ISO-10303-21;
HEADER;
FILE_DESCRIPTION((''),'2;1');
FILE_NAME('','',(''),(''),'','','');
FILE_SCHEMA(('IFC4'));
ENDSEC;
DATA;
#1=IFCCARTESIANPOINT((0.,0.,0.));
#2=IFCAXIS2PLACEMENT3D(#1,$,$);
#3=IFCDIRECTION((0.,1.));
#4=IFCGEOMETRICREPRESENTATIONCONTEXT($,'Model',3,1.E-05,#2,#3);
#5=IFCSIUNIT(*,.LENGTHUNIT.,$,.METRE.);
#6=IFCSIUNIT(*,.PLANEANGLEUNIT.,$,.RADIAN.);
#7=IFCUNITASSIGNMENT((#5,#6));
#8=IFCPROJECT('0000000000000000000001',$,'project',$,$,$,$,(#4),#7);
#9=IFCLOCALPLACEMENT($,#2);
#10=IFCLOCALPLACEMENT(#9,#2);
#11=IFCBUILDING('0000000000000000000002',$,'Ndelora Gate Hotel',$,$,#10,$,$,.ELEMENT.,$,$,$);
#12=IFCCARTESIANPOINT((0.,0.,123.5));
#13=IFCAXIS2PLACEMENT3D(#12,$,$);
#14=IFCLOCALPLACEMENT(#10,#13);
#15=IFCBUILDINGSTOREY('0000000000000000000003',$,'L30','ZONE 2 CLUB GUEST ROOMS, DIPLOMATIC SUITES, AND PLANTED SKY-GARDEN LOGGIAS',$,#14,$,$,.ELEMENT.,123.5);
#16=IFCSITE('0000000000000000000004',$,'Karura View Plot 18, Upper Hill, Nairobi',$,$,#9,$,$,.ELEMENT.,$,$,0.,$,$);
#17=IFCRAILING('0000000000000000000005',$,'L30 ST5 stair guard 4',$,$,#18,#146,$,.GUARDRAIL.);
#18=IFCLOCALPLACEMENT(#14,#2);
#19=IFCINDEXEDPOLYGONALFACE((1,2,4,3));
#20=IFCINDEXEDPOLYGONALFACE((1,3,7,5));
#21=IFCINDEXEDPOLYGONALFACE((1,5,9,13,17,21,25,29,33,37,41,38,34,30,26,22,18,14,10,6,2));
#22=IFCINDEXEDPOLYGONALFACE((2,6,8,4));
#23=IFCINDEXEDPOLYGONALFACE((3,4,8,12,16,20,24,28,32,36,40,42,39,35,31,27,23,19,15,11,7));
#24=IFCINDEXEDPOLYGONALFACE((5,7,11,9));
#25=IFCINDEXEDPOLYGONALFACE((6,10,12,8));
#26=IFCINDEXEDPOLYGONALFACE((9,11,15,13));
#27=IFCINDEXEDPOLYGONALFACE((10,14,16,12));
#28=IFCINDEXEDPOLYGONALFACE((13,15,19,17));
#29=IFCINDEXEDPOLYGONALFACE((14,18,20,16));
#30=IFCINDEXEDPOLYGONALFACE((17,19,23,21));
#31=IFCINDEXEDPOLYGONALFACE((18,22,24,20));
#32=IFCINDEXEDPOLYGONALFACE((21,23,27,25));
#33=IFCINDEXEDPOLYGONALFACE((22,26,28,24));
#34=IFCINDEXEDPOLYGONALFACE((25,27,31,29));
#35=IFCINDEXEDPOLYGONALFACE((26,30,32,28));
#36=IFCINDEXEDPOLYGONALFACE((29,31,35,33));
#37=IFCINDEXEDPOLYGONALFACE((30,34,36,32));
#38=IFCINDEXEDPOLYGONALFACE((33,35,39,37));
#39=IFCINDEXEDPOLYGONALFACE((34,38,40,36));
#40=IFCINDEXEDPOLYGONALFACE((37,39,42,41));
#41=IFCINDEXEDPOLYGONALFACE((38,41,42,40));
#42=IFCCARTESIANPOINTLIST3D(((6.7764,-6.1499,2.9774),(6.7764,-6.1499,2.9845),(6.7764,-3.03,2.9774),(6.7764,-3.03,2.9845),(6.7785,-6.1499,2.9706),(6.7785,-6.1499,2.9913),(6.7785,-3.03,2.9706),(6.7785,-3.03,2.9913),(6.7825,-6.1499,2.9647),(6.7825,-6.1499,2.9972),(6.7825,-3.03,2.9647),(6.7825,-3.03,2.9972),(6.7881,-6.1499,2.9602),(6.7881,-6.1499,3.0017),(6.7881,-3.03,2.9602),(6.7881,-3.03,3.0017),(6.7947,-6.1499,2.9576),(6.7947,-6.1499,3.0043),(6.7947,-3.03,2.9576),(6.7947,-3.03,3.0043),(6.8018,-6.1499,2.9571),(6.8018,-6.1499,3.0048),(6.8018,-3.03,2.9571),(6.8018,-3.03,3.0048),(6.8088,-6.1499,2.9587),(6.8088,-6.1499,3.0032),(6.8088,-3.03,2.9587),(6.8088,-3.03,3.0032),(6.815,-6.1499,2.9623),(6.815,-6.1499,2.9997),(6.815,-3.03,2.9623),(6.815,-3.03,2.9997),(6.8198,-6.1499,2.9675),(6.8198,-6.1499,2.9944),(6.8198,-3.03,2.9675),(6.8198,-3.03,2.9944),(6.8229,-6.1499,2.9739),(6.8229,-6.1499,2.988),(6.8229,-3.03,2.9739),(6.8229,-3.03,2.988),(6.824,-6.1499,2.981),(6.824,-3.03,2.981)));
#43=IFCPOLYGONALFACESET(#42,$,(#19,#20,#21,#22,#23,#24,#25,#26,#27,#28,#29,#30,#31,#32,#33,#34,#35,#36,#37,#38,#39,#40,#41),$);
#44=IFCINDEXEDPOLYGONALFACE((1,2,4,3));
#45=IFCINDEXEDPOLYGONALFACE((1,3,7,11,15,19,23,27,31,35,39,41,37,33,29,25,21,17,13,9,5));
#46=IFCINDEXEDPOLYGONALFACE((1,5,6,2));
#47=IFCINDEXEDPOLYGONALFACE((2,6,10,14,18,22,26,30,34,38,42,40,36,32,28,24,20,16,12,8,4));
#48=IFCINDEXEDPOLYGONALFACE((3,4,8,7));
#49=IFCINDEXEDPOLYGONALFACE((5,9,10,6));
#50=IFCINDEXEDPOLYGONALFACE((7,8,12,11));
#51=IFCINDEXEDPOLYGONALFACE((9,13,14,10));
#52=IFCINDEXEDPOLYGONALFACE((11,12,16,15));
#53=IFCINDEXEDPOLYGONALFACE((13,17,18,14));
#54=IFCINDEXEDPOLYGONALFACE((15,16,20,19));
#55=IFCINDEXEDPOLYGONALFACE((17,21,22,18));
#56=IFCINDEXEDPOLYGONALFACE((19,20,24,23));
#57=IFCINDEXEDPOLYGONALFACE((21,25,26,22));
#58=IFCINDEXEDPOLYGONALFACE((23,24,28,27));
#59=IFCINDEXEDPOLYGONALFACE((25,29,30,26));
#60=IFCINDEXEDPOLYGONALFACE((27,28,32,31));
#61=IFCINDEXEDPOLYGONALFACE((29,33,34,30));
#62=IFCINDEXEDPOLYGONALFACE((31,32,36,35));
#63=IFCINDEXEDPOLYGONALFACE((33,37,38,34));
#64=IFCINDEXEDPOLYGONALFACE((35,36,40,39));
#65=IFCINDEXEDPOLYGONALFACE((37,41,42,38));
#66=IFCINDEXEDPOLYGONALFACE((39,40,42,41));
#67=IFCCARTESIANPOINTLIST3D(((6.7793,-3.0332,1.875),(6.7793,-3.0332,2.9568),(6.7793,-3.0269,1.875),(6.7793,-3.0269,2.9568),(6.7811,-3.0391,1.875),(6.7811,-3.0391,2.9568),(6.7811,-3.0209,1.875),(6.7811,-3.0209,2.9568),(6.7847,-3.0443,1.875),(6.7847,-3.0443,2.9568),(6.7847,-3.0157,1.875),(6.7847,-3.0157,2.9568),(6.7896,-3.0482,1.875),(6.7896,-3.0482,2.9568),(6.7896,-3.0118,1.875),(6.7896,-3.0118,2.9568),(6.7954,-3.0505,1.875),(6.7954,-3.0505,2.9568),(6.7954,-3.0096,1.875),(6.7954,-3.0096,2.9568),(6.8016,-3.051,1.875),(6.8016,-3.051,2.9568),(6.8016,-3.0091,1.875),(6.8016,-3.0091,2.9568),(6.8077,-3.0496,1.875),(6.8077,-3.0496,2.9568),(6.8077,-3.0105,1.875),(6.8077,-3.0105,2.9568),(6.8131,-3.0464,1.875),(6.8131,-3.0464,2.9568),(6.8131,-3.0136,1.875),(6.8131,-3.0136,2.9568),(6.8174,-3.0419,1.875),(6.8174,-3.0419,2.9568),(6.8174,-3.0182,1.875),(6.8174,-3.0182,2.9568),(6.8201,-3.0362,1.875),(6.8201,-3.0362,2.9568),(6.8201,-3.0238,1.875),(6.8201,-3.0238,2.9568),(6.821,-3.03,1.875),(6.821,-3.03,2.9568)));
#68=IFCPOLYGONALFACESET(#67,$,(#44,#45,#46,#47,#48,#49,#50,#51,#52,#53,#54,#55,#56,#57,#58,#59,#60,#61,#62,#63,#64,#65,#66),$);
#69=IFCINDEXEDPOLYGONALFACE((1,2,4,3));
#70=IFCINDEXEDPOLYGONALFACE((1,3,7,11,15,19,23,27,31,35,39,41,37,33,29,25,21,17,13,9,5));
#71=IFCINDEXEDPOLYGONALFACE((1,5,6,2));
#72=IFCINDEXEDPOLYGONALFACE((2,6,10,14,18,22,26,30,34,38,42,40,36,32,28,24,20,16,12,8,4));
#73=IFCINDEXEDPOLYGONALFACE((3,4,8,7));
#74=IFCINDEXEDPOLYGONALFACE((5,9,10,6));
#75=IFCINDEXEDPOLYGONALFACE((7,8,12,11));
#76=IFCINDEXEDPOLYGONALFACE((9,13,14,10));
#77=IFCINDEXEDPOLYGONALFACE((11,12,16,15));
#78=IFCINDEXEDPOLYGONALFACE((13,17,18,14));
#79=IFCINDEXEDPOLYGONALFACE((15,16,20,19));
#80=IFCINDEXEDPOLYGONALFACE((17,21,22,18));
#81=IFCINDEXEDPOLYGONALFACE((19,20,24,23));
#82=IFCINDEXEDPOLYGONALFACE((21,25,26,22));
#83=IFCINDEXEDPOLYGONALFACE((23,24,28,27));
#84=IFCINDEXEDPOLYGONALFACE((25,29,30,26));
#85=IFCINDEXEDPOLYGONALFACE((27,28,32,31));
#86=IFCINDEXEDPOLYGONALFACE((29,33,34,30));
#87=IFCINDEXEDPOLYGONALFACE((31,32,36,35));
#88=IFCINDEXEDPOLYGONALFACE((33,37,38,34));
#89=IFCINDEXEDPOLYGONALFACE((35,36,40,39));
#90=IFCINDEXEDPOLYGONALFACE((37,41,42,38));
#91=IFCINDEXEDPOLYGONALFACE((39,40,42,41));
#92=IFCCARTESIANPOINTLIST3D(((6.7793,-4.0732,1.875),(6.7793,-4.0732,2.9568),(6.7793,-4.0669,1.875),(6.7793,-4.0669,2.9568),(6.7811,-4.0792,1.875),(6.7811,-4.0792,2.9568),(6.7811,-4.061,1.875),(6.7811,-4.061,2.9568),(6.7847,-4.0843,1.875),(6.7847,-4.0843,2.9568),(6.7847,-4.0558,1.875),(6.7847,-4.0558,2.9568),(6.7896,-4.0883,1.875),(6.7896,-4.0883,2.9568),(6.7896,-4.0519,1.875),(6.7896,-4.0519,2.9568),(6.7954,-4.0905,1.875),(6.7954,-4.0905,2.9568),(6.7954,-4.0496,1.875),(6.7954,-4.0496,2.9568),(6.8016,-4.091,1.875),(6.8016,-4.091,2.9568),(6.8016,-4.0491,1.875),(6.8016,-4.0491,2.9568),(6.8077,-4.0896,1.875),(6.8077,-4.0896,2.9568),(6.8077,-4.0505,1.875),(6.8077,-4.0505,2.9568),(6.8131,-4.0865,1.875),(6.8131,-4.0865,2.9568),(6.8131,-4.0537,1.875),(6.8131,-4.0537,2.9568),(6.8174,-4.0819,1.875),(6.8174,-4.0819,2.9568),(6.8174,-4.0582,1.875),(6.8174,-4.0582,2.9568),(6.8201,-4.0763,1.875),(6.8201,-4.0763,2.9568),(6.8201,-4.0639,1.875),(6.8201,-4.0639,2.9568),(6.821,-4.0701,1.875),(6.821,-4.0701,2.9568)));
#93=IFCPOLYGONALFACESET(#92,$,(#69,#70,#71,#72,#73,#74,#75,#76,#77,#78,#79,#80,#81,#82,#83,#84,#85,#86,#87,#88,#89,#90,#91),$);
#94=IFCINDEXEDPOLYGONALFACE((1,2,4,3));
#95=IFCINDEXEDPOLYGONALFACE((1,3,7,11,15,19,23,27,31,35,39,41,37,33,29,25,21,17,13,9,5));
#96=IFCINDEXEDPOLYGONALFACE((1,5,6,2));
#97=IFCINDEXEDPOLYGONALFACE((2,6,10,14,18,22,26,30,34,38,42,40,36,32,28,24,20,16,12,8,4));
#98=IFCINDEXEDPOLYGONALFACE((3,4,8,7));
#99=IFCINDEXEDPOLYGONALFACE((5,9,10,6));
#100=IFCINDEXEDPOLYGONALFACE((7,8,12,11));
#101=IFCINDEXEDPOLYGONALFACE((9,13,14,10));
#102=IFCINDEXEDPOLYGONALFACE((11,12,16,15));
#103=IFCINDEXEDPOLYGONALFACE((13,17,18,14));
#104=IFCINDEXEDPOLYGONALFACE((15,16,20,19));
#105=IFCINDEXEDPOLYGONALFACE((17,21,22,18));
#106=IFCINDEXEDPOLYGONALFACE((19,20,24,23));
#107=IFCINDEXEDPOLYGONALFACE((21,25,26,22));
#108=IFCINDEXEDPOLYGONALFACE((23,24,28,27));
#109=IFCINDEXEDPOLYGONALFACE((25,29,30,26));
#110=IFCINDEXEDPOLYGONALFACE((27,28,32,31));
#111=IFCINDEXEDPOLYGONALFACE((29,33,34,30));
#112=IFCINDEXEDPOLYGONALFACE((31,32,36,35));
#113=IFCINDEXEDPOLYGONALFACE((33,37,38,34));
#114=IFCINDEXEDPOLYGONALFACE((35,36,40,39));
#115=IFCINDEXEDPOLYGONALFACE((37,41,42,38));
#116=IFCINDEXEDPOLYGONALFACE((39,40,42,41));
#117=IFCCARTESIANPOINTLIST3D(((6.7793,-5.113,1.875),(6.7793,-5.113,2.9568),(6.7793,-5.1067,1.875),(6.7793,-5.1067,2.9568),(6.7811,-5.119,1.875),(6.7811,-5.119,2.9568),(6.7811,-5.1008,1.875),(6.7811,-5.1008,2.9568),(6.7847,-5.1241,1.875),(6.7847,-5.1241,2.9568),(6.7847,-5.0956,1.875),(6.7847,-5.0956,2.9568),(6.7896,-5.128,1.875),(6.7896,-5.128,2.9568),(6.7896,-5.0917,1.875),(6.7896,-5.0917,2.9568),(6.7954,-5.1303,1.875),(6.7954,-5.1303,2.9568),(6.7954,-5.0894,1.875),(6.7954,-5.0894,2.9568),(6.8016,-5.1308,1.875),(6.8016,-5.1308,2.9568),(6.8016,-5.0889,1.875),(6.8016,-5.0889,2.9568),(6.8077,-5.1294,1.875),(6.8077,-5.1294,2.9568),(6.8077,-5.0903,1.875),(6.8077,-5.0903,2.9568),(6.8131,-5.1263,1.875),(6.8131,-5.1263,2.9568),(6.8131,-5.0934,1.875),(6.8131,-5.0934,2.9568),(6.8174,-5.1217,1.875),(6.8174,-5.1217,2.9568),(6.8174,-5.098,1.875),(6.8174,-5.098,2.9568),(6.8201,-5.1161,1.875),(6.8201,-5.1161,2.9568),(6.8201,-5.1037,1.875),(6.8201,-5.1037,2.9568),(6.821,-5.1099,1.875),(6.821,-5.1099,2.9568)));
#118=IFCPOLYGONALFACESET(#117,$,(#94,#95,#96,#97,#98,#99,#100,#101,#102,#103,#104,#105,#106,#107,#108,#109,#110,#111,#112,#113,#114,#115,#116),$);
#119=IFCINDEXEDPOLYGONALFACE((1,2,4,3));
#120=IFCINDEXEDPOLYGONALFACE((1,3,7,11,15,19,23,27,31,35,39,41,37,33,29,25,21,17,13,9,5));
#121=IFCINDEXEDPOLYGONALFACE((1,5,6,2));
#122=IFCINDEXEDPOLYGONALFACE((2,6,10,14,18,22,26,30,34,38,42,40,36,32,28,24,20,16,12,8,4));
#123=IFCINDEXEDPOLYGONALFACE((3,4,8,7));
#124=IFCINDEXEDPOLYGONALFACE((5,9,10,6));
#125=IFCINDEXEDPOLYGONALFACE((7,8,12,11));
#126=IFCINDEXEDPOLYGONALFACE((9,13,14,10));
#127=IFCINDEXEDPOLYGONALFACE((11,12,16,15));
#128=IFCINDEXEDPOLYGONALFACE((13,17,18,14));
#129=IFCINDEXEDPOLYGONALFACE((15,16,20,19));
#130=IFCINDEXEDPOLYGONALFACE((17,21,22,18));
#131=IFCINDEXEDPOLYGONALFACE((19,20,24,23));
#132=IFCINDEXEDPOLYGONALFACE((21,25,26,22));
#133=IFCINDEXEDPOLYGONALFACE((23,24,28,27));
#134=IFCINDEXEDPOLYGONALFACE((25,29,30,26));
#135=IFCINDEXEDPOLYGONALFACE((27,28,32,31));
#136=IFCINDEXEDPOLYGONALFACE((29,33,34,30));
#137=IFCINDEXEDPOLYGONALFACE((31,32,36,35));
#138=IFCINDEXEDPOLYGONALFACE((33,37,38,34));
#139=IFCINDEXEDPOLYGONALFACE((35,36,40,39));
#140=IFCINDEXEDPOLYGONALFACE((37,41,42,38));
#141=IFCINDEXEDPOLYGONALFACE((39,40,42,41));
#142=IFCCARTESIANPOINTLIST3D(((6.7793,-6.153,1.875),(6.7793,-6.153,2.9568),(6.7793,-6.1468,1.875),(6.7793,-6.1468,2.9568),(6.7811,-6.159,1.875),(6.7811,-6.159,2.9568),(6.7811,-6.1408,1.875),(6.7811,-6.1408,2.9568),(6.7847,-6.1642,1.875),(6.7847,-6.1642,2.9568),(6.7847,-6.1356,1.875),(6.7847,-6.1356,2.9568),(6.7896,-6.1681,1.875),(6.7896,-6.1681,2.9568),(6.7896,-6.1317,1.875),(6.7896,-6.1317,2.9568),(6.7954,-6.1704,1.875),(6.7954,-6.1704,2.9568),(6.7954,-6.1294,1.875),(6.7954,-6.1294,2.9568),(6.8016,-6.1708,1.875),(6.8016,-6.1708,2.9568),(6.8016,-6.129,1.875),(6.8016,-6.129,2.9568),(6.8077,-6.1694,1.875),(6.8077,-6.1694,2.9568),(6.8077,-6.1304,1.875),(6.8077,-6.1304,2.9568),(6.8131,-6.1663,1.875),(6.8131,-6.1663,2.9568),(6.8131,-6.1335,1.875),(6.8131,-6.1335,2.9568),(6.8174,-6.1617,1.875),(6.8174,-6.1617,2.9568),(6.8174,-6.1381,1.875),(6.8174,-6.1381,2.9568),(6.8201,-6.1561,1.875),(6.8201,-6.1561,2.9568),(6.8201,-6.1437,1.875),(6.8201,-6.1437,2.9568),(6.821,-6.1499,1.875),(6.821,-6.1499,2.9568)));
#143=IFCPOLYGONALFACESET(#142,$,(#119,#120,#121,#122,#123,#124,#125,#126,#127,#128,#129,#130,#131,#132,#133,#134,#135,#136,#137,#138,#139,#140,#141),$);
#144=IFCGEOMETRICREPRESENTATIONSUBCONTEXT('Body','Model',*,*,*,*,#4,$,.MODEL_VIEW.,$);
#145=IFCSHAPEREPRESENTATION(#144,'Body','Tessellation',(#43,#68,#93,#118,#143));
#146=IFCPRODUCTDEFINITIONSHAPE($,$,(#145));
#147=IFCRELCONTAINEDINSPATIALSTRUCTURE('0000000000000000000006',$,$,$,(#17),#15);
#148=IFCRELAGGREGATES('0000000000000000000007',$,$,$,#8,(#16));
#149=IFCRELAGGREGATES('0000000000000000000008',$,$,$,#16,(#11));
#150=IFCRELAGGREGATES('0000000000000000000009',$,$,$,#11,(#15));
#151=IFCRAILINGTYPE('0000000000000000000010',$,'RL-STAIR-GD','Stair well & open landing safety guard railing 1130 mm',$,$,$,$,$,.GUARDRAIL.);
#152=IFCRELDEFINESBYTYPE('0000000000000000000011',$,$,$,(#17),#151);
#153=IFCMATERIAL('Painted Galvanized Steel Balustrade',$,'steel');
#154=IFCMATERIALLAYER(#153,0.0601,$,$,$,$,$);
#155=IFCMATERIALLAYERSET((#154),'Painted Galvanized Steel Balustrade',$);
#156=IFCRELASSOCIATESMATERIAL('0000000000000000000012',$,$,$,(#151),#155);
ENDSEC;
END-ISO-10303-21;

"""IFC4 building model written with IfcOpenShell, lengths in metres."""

from ifc_helpers import new_model, si_unit, direction, frame, origin, origin_2d, place, context, subcontext, project, spatial, circle, extrude, material, layer, layer_set, type_object, element, save


model = new_model("IFC4")

# Units and contexts
model_context = context("Model", 3, precision=1e-05, world=origin(), true_north=direction((0.0, 1.0)))
body_context = subcontext(model_context, "Body", "Model", "MODEL_VIEW")
ifc_project = project(units=[si_unit("LENGTHUNIT", "METRE"), si_unit("PLANEANGLEUNIT", "RADIAN")], contexts=[model_context])

# Site, building, storey
site_placement = place(None, origin())
site = spatial("IfcSite", under=ifc_project, at=site_placement, Name="Karura View Plot 18, Upper Hill, Nairobi", CompositionType="ELEMENT", RefElevation=0.0)
building_placement = place(site_placement, origin())
building = spatial("IfcBuilding", under=site, at=building_placement, Name="Ndelora Gate Hotel", CompositionType="ELEMENT")
storey_placement = place(building_placement, frame((0.0, 0.0, 123.5)))
storey = spatial("IfcBuildingStorey", under=building, at=storey_placement, Name="L30", Description="ZONE 2 CLUB GUEST ROOMS, DIPLOMATIC SUITES, AND PLANTED SKY-GARDEN LOGGIAS", CompositionType="ELEMENT", Elevation=123.5)

# Railing
ifc_material_1 = material(Name="Painted Galvanized Steel Balustrade", Category="steel")
ifc_layer_1 = layer(ifc_material_1, 0.0601)
ifc_layer_set_1 = layer_set([ifc_layer_1], Name="Painted Galvanized Steel Balustrade")
railing_type_1 = type_object("IfcRailingType", Name="RL-STAIR-GD", Description="Stair well & open landing safety guard railing 1130 mm", PredefinedType="GUARDRAIL", material=ifc_layer_set_1)
railing_1_placement = place(storey_placement, frame((6.8, -3.03, 1.875)))
element("IfcRailing", 1, at=railing_1_placement, inside=storey, type_object=railing_type_1, Name="L30 ST5 stair guard 4", PredefinedType="GUARDRAIL", context=body_context, shape_type="SweptSolid", body=[
    extrude(circle(Radius=0.0239, at=origin_2d()), frame((0.0, 0.0, 1.106), z_axis=(0.0, -1.0, 0.0), x_axis=(1.0, 0.0, 0.0)), (0.0, 0.0, 1.0), 3.1199),
    extrude(circle(Radius=0.021, at=origin_2d()), origin(), (0.0, 0.0, 1.0), 1.0818),
    extrude(circle(Radius=0.021, at=origin_2d()), frame((0.0, -1.04, 0.0)), (0.0, 0.0, 1.0), 1.0818),
    extrude(circle(Radius=0.021, at=origin_2d()), frame((0.0, -2.0798, 0.0)), (0.0, 0.0, 1.0), 1.0818),
    extrude(circle(Radius=0.021, at=origin_2d()), frame((0.0, -3.1199, 0.0)), (0.0, 0.0, 1.0), 1.0818),
])

save(model, "model.ifc")
